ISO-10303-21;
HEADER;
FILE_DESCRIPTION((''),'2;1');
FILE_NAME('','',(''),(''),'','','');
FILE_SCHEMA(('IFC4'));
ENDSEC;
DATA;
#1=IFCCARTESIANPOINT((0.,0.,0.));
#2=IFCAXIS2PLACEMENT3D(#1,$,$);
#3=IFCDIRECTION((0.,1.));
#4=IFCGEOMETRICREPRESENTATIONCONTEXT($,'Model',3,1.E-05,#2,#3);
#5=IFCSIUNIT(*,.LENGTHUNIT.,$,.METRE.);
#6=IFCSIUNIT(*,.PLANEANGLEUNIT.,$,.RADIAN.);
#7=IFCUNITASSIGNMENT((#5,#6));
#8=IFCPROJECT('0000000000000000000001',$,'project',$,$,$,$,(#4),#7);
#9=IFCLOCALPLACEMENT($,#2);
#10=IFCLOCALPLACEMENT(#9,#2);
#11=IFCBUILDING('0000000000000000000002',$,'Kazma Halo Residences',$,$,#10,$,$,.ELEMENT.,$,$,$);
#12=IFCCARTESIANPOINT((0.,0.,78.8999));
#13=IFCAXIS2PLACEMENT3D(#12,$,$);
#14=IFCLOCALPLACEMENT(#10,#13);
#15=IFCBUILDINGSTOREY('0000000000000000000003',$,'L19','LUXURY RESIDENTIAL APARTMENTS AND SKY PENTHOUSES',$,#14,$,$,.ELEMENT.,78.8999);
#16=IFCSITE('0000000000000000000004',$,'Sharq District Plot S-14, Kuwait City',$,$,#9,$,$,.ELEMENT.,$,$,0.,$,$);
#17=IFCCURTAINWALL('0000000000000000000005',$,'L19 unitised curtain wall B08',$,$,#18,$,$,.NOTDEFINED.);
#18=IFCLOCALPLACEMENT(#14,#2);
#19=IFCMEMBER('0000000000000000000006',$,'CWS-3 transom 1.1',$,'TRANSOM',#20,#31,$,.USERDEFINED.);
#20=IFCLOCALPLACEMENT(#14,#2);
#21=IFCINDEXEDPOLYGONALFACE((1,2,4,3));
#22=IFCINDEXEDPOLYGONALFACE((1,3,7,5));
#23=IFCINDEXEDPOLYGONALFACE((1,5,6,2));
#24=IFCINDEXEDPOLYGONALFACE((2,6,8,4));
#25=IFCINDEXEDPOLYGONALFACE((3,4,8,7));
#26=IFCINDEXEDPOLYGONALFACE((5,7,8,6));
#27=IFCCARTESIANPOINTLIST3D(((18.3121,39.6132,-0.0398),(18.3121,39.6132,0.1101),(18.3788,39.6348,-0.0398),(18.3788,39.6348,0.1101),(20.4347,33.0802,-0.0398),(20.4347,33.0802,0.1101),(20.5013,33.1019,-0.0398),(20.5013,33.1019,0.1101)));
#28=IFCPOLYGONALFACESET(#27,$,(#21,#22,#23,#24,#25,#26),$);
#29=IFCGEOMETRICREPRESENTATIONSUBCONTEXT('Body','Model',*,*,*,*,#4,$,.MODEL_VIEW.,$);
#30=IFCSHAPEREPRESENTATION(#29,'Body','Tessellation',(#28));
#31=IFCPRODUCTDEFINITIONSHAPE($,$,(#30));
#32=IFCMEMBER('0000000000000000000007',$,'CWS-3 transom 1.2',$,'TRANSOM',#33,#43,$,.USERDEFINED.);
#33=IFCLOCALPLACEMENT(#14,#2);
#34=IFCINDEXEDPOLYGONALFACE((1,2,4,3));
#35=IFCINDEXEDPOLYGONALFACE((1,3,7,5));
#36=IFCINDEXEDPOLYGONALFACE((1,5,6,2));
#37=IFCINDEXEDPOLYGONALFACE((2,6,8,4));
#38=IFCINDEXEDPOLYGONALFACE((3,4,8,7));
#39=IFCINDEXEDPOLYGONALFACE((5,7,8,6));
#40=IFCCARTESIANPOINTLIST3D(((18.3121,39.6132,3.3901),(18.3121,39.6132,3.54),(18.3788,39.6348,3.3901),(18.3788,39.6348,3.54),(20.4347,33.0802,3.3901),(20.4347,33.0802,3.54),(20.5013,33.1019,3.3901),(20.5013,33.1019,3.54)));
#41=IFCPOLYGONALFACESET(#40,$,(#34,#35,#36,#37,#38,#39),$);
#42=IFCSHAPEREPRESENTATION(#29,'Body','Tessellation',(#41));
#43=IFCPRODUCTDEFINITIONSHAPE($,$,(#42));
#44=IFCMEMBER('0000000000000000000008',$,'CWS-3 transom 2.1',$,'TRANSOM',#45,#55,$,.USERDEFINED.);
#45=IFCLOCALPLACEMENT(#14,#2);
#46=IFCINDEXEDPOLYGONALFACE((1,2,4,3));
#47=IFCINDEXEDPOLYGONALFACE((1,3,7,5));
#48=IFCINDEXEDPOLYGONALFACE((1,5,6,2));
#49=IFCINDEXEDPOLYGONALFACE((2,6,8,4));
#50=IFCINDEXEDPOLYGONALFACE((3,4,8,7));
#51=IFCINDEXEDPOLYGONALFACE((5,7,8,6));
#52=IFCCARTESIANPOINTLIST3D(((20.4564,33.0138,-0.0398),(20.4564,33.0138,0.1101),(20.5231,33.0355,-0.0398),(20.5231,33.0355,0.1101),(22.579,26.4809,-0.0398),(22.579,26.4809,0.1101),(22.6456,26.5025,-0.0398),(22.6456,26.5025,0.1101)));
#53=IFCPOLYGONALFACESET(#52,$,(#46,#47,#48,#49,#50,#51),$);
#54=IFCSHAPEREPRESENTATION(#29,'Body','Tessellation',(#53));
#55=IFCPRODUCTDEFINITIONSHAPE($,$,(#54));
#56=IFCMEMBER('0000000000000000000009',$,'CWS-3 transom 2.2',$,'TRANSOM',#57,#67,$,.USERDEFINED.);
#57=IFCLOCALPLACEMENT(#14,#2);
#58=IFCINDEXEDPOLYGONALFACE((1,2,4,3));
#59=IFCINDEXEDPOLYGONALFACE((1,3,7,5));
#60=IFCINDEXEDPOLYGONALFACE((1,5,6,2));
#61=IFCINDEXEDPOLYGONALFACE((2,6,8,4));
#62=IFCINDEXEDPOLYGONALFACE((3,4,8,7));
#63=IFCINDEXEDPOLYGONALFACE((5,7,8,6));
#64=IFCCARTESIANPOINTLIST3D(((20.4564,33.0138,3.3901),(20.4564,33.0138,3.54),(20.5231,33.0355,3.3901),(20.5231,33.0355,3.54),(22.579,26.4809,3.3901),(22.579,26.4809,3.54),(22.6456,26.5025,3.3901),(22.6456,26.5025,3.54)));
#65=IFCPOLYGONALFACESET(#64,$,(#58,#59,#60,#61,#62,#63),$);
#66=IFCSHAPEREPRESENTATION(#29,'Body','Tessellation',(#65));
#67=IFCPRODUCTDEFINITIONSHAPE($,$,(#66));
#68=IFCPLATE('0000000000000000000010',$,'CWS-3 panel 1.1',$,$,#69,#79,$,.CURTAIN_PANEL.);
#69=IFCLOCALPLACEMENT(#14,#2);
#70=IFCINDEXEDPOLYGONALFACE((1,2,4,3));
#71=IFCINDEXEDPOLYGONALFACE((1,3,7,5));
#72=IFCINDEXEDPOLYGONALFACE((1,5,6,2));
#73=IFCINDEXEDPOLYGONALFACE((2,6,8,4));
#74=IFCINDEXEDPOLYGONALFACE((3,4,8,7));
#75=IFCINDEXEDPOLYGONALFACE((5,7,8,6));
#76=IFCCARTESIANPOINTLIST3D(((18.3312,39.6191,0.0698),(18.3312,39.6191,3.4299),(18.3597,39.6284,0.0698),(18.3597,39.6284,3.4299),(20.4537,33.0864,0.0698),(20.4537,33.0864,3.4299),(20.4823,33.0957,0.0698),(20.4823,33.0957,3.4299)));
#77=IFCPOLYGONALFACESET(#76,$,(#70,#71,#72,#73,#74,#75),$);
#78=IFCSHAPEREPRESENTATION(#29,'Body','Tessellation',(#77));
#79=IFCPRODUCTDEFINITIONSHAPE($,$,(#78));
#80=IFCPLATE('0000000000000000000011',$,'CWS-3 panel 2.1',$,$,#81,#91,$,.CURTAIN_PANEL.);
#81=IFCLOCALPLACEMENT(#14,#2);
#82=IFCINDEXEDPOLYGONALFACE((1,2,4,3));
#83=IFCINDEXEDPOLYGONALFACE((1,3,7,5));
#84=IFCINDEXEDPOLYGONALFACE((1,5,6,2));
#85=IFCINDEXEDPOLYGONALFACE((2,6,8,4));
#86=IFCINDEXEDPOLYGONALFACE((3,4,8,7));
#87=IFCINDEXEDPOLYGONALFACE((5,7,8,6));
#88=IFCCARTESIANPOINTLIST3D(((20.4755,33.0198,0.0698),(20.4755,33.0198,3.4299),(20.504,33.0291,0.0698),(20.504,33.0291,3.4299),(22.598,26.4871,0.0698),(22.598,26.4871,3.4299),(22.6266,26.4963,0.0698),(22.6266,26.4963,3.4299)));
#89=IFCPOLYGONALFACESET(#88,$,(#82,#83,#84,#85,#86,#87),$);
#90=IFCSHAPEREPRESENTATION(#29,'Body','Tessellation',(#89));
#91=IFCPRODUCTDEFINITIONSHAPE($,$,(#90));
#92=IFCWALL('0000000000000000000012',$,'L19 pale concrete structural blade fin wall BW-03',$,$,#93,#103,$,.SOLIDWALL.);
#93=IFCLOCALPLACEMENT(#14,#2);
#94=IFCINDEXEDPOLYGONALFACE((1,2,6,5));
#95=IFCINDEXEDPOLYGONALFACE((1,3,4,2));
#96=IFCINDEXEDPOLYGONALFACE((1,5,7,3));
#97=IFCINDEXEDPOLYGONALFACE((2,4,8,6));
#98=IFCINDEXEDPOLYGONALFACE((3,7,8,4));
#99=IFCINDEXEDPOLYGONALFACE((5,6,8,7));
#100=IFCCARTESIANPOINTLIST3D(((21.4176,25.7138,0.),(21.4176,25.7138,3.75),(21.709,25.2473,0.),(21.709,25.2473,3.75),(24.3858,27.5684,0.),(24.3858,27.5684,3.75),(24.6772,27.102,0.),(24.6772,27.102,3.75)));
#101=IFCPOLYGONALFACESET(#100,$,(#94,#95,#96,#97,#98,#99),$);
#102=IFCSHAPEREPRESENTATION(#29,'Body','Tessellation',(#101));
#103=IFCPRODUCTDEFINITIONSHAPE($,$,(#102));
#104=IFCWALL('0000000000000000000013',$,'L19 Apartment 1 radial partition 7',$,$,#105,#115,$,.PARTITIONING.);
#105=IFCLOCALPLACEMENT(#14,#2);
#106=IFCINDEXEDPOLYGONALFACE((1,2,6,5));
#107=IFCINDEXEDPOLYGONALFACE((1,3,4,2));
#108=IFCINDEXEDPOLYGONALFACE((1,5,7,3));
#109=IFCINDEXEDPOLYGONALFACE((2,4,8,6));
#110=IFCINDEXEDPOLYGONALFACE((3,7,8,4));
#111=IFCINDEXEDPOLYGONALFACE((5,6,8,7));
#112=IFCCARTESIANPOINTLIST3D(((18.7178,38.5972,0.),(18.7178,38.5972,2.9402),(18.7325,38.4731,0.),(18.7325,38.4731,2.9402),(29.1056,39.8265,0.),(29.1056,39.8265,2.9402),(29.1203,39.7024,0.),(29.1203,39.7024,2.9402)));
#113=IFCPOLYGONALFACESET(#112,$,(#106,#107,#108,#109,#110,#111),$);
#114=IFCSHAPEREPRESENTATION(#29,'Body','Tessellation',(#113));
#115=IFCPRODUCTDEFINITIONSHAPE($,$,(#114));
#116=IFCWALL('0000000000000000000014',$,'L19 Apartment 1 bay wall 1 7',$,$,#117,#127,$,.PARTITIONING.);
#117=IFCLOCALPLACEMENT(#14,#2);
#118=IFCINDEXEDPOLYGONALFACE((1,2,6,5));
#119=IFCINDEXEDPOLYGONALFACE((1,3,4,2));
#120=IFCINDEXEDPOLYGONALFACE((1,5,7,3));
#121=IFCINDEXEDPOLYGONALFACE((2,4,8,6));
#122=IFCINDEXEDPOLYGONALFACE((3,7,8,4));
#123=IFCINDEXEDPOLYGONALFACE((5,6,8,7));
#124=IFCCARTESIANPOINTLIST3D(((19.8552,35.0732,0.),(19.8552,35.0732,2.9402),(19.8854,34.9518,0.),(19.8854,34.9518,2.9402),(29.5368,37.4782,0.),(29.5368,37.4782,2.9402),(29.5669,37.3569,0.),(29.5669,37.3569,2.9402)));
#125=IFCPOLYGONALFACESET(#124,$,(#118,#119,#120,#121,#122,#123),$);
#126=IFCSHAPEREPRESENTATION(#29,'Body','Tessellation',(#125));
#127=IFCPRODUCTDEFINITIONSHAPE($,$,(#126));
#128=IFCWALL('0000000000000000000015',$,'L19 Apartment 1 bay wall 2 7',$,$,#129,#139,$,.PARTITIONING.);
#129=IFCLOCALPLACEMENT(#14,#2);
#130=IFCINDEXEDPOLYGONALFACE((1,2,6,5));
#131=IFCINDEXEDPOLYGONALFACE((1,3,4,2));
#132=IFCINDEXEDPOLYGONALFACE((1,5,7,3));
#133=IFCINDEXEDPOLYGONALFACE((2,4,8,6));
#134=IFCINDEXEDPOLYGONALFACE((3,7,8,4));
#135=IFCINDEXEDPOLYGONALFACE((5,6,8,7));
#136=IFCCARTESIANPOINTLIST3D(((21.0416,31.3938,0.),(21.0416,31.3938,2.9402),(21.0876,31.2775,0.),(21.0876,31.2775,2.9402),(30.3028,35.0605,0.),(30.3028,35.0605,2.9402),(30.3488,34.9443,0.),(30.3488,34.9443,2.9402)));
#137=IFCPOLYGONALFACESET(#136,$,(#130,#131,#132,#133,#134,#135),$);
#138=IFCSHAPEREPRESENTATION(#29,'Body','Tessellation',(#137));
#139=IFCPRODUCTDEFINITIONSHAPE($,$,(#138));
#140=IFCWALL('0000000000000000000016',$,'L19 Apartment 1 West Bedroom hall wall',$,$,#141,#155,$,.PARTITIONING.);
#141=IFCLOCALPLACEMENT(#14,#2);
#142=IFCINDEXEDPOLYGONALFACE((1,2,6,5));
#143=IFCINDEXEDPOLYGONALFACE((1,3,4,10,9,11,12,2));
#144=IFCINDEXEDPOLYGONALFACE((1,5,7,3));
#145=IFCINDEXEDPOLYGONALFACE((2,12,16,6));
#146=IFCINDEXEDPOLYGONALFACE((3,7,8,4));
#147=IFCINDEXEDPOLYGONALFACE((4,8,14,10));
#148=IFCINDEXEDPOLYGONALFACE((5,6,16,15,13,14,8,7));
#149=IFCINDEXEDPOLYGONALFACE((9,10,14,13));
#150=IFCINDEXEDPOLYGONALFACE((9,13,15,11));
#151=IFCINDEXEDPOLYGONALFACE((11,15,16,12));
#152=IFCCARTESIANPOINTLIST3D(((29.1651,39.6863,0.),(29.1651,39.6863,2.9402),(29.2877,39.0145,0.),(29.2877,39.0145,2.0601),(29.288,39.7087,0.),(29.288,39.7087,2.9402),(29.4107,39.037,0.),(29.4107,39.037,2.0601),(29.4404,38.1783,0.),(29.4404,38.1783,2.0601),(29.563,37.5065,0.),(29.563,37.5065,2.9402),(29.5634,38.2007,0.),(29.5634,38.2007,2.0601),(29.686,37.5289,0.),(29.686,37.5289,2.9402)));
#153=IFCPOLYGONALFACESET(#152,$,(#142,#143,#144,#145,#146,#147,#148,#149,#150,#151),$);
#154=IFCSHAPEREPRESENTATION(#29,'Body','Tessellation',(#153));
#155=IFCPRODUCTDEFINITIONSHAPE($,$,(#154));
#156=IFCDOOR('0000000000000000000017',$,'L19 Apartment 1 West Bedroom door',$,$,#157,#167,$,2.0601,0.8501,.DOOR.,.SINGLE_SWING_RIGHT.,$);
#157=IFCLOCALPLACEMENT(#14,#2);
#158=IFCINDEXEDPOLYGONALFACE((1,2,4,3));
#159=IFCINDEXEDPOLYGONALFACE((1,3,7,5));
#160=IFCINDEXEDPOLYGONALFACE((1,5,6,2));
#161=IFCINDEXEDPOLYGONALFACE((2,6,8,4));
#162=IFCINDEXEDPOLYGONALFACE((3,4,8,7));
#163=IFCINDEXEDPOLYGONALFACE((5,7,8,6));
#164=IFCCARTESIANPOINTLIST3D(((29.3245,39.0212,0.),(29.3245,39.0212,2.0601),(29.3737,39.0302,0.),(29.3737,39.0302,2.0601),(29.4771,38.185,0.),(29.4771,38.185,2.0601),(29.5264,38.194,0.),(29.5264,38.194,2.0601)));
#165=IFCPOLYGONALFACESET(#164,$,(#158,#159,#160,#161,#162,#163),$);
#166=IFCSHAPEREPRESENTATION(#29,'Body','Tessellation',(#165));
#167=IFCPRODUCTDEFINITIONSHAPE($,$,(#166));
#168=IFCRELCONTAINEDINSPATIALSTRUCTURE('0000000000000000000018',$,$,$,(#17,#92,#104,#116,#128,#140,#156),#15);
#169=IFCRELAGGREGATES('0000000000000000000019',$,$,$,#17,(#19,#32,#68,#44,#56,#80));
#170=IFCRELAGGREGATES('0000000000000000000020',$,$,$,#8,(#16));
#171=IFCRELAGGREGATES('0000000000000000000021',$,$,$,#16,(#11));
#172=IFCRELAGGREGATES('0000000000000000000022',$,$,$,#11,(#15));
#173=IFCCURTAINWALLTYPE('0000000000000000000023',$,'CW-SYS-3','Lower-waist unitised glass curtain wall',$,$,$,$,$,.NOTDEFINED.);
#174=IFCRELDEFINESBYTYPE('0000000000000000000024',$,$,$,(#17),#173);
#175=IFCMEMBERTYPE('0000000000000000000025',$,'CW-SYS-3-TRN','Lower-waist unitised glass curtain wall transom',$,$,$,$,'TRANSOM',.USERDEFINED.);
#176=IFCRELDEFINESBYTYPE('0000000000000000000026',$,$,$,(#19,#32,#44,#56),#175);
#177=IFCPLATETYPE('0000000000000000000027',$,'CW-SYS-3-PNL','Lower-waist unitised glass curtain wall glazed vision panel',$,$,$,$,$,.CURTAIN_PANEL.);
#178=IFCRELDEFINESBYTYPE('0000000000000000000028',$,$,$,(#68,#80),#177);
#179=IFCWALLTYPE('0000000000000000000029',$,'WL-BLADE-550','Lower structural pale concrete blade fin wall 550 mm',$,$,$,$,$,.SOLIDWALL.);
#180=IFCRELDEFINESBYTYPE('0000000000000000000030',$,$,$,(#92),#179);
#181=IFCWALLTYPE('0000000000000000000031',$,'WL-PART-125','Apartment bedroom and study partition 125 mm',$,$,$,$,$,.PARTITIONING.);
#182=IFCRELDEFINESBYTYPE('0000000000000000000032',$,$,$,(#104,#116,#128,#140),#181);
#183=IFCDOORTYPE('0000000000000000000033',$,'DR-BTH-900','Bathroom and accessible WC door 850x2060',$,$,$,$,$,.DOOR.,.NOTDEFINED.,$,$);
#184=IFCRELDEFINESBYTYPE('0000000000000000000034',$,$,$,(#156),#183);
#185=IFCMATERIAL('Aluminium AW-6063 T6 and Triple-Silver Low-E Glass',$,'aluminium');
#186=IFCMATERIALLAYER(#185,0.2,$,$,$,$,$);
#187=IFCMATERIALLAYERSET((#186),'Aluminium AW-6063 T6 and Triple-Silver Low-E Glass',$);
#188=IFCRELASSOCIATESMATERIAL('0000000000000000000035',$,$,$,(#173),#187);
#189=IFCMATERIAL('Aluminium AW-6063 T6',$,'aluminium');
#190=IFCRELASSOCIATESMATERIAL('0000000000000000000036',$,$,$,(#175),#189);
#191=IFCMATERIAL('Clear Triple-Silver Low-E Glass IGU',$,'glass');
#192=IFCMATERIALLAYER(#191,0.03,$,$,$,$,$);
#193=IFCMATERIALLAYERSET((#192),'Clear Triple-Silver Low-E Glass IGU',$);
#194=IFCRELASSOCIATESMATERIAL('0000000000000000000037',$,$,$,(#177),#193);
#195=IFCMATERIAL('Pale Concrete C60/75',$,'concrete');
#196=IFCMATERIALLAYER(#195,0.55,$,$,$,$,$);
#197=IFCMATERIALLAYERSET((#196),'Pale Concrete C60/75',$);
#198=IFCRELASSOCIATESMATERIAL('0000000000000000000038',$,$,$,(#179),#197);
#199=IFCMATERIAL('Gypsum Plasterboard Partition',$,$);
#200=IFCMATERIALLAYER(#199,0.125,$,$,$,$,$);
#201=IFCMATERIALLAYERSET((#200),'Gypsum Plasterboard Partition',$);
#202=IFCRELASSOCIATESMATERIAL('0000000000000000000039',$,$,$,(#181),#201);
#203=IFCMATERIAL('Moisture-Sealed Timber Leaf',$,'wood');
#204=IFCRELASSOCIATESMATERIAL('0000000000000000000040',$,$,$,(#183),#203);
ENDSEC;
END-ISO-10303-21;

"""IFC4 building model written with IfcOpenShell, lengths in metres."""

from ifc_helpers import new_model, si_unit, direction, frame, frame_2d, origin, origin_2d, place, context, subcontext, project, spatial, rectangle, extrude, material, layer, layer_set, material_profile, profile_set, type_object, element, fill, aggregate, save


model = new_model("IFC4")

# Units and contexts
model_context = context("Model", 3, precision=1e-05, world=origin(), true_north=direction((0.0, 1.0)))
body_context = subcontext(model_context, "Body", "Model", "MODEL_VIEW")
ifc_project = project(units=[si_unit("LENGTHUNIT", "METRE"), si_unit("PLANEANGLEUNIT", "RADIAN")], contexts=[model_context])

# Site, building, storey
site_placement = place(None, origin())
site = spatial("IfcSite", under=ifc_project, at=site_placement, Name="Sharq District Plot S-14, Kuwait City", CompositionType="ELEMENT", RefElevation=0.0)
building_placement = place(site_placement, origin())
building = spatial("IfcBuilding", under=site, at=building_placement, Name="Kazma Halo Residences", CompositionType="ELEMENT")
storey_placement = place(building_placement, frame((0.0, 0.0, 78.8999)))
storey = spatial("IfcBuildingStorey", under=building, at=storey_placement, Name="L19", Description="LUXURY RESIDENTIAL APARTMENTS AND SKY PENTHOUSES", CompositionType="ELEMENT", Elevation=78.8999)

# Curtain wall, members, plates
ifc_material_1 = material(Name="Aluminium AW-6063 T6 and Triple-Silver Low-E Glass", Category="aluminium")
ifc_layer_1 = layer(ifc_material_1, 0.2)
ifc_layer_set_1 = layer_set([ifc_layer_1], Name="Aluminium AW-6063 T6 and Triple-Silver Low-E Glass")
curtain_wall_type = type_object("IfcCurtainWallType", Name="CW-SYS-3", Description="Lower-waist unitised glass curtain wall", PredefinedType="NOTDEFINED", material=ifc_layer_set_1)
curtain_wall_placement = place(storey_placement, origin())
curtain_wall = element("IfcCurtainWall", 1, at=curtain_wall_placement, inside=storey, type_object=curtain_wall_type, Name="L19 unitised curtain wall B08", PredefinedType="NOTDEFINED")
ifc_material_2 = material(Name="Aluminium AW-6063 T6", Category="aluminium")
ifc_material_profile_1 = material_profile(ifc_material_2, rectangle(XDim=0.0701, YDim=0.1499, at=origin_2d()), Name="CWT-70x150")
ifc_profile_set_1 = profile_set([ifc_material_profile_1], Name="Aluminium AW-6063 T6")
member_type_1 = type_object("IfcMemberType", Name="CW-SYS-3-TRN", Description="Lower-waist unitised glass curtain wall transom", ElementType="TRANSOM", PredefinedType="USERDEFINED", material=ifc_profile_set_1)
member_1_placement = place(storey_placement, frame((18.3455, 39.624, 0.0352), z_axis=(0.309, -0.951062, 0.0), x_axis=(0.951062, 0.309, 0.0)))
member_1 = element("IfcMember", 2, at=member_1_placement, type_object=member_type_1, Name="CWS-3 transom 1.1", ObjectType="TRANSOM", PredefinedType="USERDEFINED", context=body_context, shape_type="SweptSolid", body=[
    extrude(rectangle(XDim=0.0701, YDim=0.1499, at=origin_2d()), origin(), (0.0, 0.0, 1.0), 6.8691),
])
member_2_placement = place(storey_placement, frame((18.3455, 39.624, 3.4651), z_axis=(0.309, -0.951062, 0.0), x_axis=(0.951062, 0.309, 0.0)))
member_2 = element("IfcMember", 3, at=member_2_placement, type_object=member_type_1, Name="CWS-3 transom 1.2", ObjectType="TRANSOM", PredefinedType="USERDEFINED", context=body_context, shape_type="SweptSolid", body=[
    extrude(rectangle(XDim=0.0701, YDim=0.1499, at=origin_2d()), origin(), (0.0, 0.0, 1.0), 6.8691),
])
member_3_placement = place(storey_placement, frame((20.4897, 33.0247, 0.0352), z_axis=(0.309, -0.951062, 0.0), x_axis=(0.951062, 0.309, 0.0)))
member_3 = element("IfcMember", 4, at=member_3_placement, type_object=member_type_1, Name="CWS-3 transom 2.1", ObjectType="TRANSOM", PredefinedType="USERDEFINED", context=body_context, shape_type="SweptSolid", body=[
    extrude(rectangle(XDim=0.0701, YDim=0.1499, at=origin_2d()), origin(), (0.0, 0.0, 1.0), 6.8691),
])
member_4_placement = place(storey_placement, frame((20.4897, 33.0247, 3.4651), z_axis=(0.309, -0.951062, 0.0), x_axis=(0.951062, 0.309, 0.0)))
member_4 = element("IfcMember", 5, at=member_4_placement, type_object=member_type_1, Name="CWS-3 transom 2.2", ObjectType="TRANSOM", PredefinedType="USERDEFINED", context=body_context, shape_type="SweptSolid", body=[
    extrude(rectangle(XDim=0.0701, YDim=0.1499, at=origin_2d()), origin(), (0.0, 0.0, 1.0), 6.8691),
])
ifc_material_3 = material(Name="Clear Triple-Silver Low-E Glass IGU", Category="glass")
ifc_layer_2 = layer(ifc_material_3, 0.03)
ifc_layer_set_2 = layer_set([ifc_layer_2], Name="Clear Triple-Silver Low-E Glass IGU")
plate_type = type_object("IfcPlateType", Name="CW-SYS-3-PNL", Description="Lower-waist unitised glass curtain wall glazed vision panel", PredefinedType="CURTAIN_PANEL", material=ifc_layer_set_2)
plate_1_placement = place(storey_placement, frame((19.4067, 36.3574, 0.0698), z_axis=(0.0, 0.0, 1.0), x_axis=(0.309013, -0.951058, 0.0)))
plate_1 = element("IfcPlate", 6, at=plate_1_placement, type_object=plate_type, Name="CWS-3 panel 1.1", PredefinedType="CURTAIN_PANEL", context=body_context, shape_type="SweptSolid", body=[
    extrude(rectangle(XDim=6.8689, YDim=0.03, at=origin_2d()), origin(), (0.0, 0.0, 1.0), 3.3601),
])
plate_2_placement = place(storey_placement, frame((21.551, 29.7581, 0.0698), z_axis=(0.0, 0.0, 1.0), x_axis=(0.309013, -0.951058, 0.0)))
plate_2 = element("IfcPlate", 7, at=plate_2_placement, type_object=plate_type, Name="CWS-3 panel 2.1", PredefinedType="CURTAIN_PANEL", context=body_context, shape_type="SweptSolid", body=[
    extrude(rectangle(XDim=6.8689, YDim=0.03, at=origin_2d()), origin(), (0.0, 0.0, 1.0), 3.3601),
])
aggregate(curtain_wall, [member_1, member_2, plate_1, member_3, member_4, plate_2])

# Walls
ifc_material_4 = material(Name="Pale Concrete C60/75", Category="concrete")
ifc_layer_3 = layer(ifc_material_4, 0.55)
ifc_layer_set_3 = layer_set([ifc_layer_3], Name="Pale Concrete C60/75")
wall_type_1 = type_object("IfcWallType", Name="WL-BLADE-550", Description="Lower structural pale concrete blade fin wall 550 mm", PredefinedType="SOLIDWALL", material=ifc_layer_set_3)
wall_1_placement = place(storey_placement, frame((24.5315, 27.3352, 0.0), z_axis=(0.0, 0.0, 1.0), x_axis=(-0.848053, -0.529911, 0.0)))
element("IfcWall", 8, at=wall_1_placement, inside=storey, type_object=wall_type_1, Name="L19 pale concrete structural blade fin wall BW-03", PredefinedType="SOLIDWALL", context=body_context, shape_type="SweptSolid", body=[
    extrude(rectangle(XDim=3.5, YDim=0.55, at=frame_2d((1.75, 0.0))), origin(), (0.0, 0.0, 1.0), 3.75),
])
ifc_material_5 = material(Name="Gypsum Plasterboard Partition")
ifc_layer_4 = layer(ifc_material_5, 0.125)
ifc_layer_set_4 = layer_set([ifc_layer_4], Name="Gypsum Plasterboard Partition")
wall_type_2 = type_object("IfcWallType", Name="WL-PART-125", Description="Apartment bedroom and study partition 125 mm", PredefinedType="PARTITIONING", material=ifc_layer_set_4)
wall_2_placement = place(storey_placement, frame((29.1128, 39.7644, 0.0), z_axis=(0.0, 0.0, 1.0), x_axis=(-0.993071, -0.117517, 0.0)))
element("IfcWall", 9, at=wall_2_placement, inside=storey, type_object=wall_type_2, Name="L19 Apartment 1 radial partition 7", PredefinedType="PARTITIONING", context=body_context, shape_type="SweptSolid", body=[
    extrude(rectangle(XDim=10.4602, YDim=0.125, at=frame_2d((5.23, 0.0))), origin(), (0.0, 0.0, 1.0), 2.9402),
])
wall_3_placement = place(storey_placement, frame((29.5518, 37.4175, 0.0), z_axis=(0.0, 0.0, 1.0), x_axis=(-0.970504, -0.241084, 0.0)))
element("IfcWall", 10, at=wall_3_placement, inside=storey, type_object=wall_type_2, Name="L19 Apartment 1 bay wall 1 7", PredefinedType="PARTITIONING", context=body_context, shape_type="SweptSolid", body=[
    extrude(rectangle(XDim=9.9758, YDim=0.125, at=frame_2d((4.9878, 0.0))), origin(), (0.0, 0.0, 1.0), 2.9402),
])
wall_4_placement = place(storey_placement, frame((30.3259, 35.0024, 0.0), z_axis=(0.0, 0.0, 1.0), x_axis=(-0.929778, -0.368122, 0.0)))
element("IfcWall", 11, at=wall_4_placement, inside=storey, type_object=wall_type_2, Name="L19 Apartment 1 bay wall 2 7", PredefinedType="PARTITIONING", context=body_context, shape_type="SweptSolid", body=[
    extrude(rectangle(XDim=9.9607, YDim=0.125, at=frame_2d((4.9805, 0.0))), origin(), (0.0, 0.0, 1.0), 2.9402),
])

# Wall, opening, door
wall_5_placement = place(storey_placement, frame((29.2266, 39.6975, 0.0), z_axis=(0.0, 0.0, 1.0), x_axis=(0.179603, -0.983739, 0.0)))
wall_5 = element("IfcWall", 12, at=wall_5_placement, inside=storey, type_object=wall_type_2, Name="L19 Apartment 1 West Bedroom hall wall", PredefinedType="PARTITIONING", context=body_context, shape_type="SweptSolid", body=[
    extrude(rectangle(XDim=2.2158, YDim=0.125, at=frame_2d((1.1079, 0.0))), origin(), (0.0, 0.0, 1.0), 2.9402),
])
opening_1_placement = place(wall_5_placement, frame((0.6829, 0.0, 0.0)))
opening_1 = element("IfcOpeningElement", 13, at=opening_1_placement, cuts=wall_5, PredefinedType="OPENING", context=body_context, shape_type="SweptSolid", body=[
    extrude(rectangle(XDim=0.8501, YDim=2.0601, at=frame_2d((0.425, 1.03))), frame((0.0, 0.0725, 0.0), z_axis=(0.0, -1.0, 0.0), x_axis=(1.0, 0.0, 0.0)), (0.0, 0.0, 1.0), 0.145),
])
ifc_material_6 = material(Name="Moisture-Sealed Timber Leaf", Category="wood")
door_type = type_object("IfcDoorType", Name="DR-BTH-900", Description="Bathroom and accessible WC door 850x2060", OperationType="NOTDEFINED", PredefinedType="DOOR", material=ifc_material_6)
door_1_placement = place(opening_1_placement, origin())
door_1 = element("IfcDoor", 14, at=door_1_placement, inside=storey, type_object=door_type, Name="L19 Apartment 1 West Bedroom door", OperationType="SINGLE_SWING_RIGHT", OverallHeight=2.0601, OverallWidth=0.8501, PredefinedType="DOOR", context=body_context, shape_type="SweptSolid", body=[
    extrude(rectangle(XDim=0.8501, YDim=2.0601, at=frame_2d((0.425, 1.03))), frame((0.0, 0.0249, 0.0), z_axis=(0.0, -1.0, 0.0), x_axis=(1.0, 0.0, 0.0)), (0.0, 0.0, 1.0), 0.05),
])
fill(opening_1, door_1)

save(model, "model.ifc")
